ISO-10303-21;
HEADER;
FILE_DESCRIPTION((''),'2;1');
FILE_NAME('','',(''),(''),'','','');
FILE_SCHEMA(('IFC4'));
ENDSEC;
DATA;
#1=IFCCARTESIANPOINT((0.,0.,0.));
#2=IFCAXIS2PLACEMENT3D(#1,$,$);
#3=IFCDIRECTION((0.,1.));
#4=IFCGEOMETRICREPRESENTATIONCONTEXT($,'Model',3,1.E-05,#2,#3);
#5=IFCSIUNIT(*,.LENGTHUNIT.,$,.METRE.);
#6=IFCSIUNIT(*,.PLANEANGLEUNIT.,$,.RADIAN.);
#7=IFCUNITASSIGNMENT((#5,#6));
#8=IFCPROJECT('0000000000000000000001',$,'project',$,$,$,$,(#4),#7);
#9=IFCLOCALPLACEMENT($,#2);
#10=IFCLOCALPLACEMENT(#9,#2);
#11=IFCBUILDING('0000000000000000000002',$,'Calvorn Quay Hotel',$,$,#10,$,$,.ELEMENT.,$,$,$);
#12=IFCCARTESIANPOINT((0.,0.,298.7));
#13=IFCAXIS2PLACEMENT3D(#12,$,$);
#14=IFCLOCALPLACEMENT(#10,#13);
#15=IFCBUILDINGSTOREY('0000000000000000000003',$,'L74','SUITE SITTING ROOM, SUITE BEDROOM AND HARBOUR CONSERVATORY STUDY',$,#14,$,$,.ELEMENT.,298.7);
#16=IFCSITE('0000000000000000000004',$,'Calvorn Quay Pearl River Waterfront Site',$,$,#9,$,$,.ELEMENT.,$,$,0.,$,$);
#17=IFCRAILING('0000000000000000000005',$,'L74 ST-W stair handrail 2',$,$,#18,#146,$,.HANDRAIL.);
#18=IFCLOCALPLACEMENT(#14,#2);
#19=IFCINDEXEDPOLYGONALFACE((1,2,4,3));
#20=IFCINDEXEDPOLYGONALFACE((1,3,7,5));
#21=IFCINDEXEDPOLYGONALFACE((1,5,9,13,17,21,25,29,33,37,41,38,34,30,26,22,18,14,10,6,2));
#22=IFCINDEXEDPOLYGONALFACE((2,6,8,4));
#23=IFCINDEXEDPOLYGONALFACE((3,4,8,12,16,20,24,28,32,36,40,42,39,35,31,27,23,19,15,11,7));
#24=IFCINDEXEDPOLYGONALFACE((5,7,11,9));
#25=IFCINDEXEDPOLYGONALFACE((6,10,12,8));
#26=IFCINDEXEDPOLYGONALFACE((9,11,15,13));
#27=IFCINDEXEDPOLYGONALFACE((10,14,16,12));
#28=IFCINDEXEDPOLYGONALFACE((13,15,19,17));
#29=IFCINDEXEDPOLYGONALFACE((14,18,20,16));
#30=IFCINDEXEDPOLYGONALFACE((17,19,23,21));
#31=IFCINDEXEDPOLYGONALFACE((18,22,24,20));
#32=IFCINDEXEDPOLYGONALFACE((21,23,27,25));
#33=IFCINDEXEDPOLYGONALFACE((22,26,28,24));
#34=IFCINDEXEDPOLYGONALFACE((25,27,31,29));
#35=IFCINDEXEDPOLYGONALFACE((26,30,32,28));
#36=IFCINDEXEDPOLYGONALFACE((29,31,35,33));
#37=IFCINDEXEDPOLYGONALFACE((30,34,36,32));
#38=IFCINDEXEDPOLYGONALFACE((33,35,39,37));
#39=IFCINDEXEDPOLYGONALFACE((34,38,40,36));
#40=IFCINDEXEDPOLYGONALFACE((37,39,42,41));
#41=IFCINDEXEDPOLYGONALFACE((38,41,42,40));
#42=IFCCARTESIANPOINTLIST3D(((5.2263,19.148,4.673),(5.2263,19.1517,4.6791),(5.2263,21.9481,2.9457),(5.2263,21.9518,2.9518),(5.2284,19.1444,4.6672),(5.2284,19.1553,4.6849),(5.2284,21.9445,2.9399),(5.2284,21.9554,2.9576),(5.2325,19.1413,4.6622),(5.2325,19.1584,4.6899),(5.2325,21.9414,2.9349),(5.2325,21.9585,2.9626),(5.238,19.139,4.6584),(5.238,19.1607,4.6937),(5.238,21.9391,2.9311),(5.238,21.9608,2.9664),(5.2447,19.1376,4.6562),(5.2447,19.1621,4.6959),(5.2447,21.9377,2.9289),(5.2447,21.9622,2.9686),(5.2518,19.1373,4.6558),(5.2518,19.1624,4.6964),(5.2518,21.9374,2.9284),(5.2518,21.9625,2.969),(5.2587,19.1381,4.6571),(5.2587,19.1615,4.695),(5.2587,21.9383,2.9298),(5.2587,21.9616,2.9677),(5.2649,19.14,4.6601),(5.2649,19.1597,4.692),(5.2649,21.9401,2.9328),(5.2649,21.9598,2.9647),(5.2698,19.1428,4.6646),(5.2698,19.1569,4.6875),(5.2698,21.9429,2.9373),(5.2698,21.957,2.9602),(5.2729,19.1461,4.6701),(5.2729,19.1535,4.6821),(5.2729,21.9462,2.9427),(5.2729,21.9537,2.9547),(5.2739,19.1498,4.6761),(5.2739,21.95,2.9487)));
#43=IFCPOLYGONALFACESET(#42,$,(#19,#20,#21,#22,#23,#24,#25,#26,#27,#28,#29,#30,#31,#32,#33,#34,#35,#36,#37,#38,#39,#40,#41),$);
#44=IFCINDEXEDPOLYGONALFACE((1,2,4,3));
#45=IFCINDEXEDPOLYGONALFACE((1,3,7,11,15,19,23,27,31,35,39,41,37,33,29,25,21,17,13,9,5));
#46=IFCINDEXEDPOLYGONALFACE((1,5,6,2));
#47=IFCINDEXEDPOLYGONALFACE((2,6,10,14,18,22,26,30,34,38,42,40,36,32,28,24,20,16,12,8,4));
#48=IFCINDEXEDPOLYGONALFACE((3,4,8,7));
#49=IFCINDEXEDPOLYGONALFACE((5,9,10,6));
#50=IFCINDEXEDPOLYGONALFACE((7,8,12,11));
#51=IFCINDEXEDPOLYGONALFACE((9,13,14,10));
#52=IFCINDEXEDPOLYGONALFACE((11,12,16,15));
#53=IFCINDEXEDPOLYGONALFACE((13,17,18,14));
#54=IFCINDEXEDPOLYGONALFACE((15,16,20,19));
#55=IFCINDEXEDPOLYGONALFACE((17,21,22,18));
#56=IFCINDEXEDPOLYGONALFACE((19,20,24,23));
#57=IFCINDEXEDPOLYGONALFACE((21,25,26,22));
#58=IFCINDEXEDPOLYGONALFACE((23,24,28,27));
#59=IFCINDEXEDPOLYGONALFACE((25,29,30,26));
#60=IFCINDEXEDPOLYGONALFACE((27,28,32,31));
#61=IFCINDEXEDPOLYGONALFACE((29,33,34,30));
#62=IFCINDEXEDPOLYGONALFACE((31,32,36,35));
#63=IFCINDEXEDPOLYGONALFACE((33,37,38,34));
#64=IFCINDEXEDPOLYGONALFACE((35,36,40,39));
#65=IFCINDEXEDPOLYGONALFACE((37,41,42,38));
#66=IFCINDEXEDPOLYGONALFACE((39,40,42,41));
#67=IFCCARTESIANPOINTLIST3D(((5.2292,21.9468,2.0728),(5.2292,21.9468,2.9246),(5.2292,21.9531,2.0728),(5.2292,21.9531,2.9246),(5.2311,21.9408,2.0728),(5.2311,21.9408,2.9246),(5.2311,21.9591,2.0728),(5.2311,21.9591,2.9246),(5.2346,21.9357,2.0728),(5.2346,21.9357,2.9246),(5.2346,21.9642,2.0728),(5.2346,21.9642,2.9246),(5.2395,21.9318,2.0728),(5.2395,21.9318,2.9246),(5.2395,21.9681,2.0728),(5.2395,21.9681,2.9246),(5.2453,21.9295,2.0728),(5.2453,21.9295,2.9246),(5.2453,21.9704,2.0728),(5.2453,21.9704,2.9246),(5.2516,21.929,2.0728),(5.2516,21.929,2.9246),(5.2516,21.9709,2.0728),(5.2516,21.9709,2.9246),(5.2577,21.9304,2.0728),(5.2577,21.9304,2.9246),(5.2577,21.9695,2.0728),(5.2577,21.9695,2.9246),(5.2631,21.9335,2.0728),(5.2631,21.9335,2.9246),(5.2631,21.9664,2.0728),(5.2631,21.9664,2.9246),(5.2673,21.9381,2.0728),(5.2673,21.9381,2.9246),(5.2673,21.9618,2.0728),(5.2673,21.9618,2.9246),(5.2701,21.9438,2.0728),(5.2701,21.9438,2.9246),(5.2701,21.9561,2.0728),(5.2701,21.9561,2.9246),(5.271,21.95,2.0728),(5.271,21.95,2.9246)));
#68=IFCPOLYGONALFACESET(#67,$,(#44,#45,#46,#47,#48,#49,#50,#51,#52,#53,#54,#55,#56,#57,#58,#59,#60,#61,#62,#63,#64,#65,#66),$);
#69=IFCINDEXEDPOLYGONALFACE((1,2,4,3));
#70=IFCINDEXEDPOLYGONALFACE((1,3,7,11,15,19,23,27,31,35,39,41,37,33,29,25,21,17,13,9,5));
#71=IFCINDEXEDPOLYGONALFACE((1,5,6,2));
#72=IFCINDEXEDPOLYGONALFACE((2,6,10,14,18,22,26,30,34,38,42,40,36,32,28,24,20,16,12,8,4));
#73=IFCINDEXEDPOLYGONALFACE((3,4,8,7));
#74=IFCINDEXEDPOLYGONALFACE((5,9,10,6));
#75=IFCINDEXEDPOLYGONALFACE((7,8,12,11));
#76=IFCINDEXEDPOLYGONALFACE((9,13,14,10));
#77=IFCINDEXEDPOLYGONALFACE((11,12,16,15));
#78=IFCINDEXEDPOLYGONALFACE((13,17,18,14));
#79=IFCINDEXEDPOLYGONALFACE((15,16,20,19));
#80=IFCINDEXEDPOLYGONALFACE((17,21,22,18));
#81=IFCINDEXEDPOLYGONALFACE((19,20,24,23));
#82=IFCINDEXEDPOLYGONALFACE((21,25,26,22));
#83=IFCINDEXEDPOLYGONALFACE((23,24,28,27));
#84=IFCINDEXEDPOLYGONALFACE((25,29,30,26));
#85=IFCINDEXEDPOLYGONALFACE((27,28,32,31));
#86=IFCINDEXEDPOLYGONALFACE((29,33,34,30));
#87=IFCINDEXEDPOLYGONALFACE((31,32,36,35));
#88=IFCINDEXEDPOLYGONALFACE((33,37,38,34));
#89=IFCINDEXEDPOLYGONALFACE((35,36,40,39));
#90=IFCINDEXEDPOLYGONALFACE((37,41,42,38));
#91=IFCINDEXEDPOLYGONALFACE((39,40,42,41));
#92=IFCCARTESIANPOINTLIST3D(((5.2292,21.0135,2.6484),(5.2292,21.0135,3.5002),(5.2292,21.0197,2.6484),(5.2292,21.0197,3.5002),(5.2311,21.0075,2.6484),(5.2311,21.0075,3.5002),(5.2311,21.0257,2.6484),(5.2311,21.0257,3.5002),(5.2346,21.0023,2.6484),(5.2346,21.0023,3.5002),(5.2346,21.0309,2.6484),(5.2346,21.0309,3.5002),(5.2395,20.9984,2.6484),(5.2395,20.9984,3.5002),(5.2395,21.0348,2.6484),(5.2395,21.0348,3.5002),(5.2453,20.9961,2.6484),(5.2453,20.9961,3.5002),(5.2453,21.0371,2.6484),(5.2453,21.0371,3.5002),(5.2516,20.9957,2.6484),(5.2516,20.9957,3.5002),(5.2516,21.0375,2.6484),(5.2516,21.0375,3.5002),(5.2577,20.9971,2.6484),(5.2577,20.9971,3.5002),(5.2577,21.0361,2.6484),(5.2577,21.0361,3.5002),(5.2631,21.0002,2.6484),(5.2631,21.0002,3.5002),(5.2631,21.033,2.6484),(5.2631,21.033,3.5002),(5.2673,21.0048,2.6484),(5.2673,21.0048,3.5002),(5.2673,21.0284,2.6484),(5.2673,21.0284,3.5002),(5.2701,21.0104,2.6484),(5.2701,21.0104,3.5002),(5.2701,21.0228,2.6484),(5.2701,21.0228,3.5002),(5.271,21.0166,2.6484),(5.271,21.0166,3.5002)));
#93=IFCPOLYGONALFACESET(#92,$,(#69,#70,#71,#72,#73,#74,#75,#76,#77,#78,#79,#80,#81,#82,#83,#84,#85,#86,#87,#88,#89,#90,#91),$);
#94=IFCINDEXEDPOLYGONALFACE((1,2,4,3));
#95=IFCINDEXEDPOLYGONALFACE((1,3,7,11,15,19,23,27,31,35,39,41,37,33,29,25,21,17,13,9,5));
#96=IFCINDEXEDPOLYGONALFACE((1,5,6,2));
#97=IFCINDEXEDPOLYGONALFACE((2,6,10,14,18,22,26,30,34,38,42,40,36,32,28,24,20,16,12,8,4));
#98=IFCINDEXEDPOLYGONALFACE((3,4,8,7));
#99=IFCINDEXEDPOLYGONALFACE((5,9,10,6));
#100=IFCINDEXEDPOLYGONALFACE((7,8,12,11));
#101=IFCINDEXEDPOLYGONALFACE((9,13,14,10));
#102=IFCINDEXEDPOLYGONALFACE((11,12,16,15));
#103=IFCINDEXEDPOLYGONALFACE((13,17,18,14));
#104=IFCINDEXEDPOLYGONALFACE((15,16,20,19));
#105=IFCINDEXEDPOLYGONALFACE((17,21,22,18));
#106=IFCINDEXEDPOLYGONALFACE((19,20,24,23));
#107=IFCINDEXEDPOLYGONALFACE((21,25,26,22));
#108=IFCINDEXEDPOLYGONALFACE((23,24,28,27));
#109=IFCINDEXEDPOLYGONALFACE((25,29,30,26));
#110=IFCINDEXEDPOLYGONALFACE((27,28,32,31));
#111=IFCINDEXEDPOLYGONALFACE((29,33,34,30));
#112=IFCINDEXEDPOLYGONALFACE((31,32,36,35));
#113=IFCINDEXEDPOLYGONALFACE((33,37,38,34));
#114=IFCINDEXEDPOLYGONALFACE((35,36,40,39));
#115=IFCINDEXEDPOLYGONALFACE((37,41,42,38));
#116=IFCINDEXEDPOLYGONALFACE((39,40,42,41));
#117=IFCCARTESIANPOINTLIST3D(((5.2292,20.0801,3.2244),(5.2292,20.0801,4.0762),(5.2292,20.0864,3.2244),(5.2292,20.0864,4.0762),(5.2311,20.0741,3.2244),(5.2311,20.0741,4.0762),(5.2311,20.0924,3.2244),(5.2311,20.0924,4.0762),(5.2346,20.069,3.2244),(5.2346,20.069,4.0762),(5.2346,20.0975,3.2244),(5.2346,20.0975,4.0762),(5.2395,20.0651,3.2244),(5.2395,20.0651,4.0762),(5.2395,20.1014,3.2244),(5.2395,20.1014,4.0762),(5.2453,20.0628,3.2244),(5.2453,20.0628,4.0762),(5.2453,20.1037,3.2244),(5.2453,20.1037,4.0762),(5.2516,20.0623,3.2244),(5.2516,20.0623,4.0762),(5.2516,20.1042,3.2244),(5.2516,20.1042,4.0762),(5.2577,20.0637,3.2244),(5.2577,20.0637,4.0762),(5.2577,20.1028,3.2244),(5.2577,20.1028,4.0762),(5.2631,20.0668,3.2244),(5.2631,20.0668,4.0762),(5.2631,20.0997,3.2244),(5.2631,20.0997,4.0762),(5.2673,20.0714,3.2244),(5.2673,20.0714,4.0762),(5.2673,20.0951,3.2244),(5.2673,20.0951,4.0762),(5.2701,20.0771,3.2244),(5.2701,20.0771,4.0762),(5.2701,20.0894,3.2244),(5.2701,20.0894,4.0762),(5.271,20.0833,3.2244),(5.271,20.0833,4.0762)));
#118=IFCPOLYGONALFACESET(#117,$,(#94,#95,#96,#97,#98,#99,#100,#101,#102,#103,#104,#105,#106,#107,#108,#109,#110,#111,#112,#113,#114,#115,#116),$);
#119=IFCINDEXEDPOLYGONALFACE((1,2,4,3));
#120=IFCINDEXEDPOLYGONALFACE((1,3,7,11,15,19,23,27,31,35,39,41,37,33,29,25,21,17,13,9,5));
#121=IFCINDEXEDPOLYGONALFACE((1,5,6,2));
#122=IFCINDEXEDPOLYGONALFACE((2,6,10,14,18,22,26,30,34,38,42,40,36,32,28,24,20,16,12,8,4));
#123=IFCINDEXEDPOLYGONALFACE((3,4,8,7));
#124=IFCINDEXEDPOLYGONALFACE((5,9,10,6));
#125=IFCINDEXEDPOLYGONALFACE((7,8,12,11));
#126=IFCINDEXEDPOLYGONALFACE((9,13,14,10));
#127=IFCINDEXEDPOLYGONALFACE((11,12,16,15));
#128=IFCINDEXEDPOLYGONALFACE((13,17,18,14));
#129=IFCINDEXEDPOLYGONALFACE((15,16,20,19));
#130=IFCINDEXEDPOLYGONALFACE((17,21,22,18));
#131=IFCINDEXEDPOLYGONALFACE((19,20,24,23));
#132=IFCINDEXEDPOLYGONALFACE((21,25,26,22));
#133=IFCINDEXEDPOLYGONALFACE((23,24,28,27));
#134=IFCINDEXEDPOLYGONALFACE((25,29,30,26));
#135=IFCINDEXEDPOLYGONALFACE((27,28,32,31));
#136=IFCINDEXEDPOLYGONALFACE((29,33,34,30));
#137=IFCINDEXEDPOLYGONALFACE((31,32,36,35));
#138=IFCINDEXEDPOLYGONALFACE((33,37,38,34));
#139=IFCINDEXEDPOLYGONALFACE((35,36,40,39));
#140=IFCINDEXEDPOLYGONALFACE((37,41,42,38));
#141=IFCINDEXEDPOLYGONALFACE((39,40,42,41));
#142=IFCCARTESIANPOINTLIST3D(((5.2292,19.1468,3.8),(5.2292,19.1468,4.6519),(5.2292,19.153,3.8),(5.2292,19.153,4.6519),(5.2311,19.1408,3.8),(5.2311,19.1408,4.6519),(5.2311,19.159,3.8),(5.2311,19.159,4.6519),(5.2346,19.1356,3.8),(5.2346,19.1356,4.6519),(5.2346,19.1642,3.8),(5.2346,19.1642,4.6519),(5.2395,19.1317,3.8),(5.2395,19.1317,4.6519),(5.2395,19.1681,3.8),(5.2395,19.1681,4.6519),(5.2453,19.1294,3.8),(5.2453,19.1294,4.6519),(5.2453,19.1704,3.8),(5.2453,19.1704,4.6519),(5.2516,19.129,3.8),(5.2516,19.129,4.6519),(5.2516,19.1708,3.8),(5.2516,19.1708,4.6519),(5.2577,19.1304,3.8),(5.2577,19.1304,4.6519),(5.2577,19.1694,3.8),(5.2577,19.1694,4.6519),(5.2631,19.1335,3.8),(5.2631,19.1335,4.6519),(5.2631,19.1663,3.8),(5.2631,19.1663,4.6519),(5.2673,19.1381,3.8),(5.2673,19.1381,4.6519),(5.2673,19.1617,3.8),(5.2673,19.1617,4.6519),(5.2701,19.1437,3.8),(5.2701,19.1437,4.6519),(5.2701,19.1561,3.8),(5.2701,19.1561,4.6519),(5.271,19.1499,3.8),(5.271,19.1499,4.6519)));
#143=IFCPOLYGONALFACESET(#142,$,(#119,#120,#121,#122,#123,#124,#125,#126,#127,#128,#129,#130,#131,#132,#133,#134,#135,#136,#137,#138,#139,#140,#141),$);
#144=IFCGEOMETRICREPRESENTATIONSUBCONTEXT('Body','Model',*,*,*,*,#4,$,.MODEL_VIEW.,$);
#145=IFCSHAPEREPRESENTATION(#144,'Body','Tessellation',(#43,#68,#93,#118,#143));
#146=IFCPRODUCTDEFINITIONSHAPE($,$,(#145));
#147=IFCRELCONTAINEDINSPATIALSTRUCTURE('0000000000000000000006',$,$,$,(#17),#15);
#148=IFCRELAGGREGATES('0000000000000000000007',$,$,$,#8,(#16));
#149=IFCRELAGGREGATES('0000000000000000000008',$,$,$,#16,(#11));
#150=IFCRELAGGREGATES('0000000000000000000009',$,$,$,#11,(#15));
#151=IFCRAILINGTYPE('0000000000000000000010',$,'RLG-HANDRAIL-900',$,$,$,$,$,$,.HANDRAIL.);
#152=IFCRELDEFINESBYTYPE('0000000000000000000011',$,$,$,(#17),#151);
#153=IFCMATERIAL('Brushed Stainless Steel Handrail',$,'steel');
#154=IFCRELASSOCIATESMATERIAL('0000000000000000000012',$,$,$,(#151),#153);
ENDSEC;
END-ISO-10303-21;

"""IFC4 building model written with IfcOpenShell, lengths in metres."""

from ifc_helpers import new_model, si_unit, direction, frame, origin, origin_2d, place, context, subcontext, project, spatial, circle, extrude, material, type_object, element, save


model = new_model("IFC4")

# Units and contexts
model_context = context("Model", 3, precision=1e-05, world=origin(), true_north=direction((0.0, 1.0)))
body_context = subcontext(model_context, "Body", "Model", "MODEL_VIEW")
ifc_project = project(units=[si_unit("LENGTHUNIT", "METRE"), si_unit("PLANEANGLEUNIT", "RADIAN")], contexts=[model_context])

# Site, building, storey
site_placement = place(None, origin())
site = spatial("IfcSite", under=ifc_project, at=site_placement, Name="Calvorn Quay Pearl River Waterfront Site", CompositionType="ELEMENT", RefElevation=0.0)
building_placement = place(site_placement, origin())
building = spatial("IfcBuilding", under=site, at=building_placement, Name="Calvorn Quay Hotel", CompositionType="ELEMENT")
storey_placement = place(building_placement, frame((0.0, 0.0, 298.7)))
storey = spatial("IfcBuildingStorey", under=building, at=storey_placement, Name="L74", Description="SUITE SITTING ROOM, SUITE BEDROOM AND HARBOUR CONSERVATORY STUDY", CompositionType="ELEMENT", Elevation=298.7)

# Railing
ifc_material_1 = material(Name="Brushed Stainless Steel Handrail", Category="steel")
railing_type_1 = type_object("IfcRailingType", Name="RLG-HANDRAIL-900", PredefinedType="HANDRAIL", material=ifc_material_1)
railing_1_placement = place(storey_placement, frame((5.25, 21.95, 2.0728)))
element("IfcRailing", 1, at=railing_1_placement, inside=storey, type_object=railing_type_1, Name="L74 ST-W stair handrail 2", PredefinedType="HANDRAIL", context=body_context, shape_type="SweptSolid", body=[
    extrude(circle(Radius=0.0239, at=origin_2d()), frame((0.0, 0.0, 0.876), z_axis=(0.0, -0.85109, 0.52502), x_axis=(1.0, 0.0, 0.0)), (0.0, 0.0, 1.0), 3.29),
    extrude(circle(Radius=0.021, at=origin_2d()), origin(), (0.0, 0.0, 1.0), 0.8518),
    extrude(circle(Radius=0.021, at=origin_2d()), frame((0.0, -0.9333, 0.5757)), (0.0, 0.0, 1.0), 0.8518),
    extrude(circle(Radius=0.021, at=origin_2d()), frame((0.0, -1.8667, 1.1516)), (0.0, 0.0, 1.0), 0.8518),
    extrude(circle(Radius=0.021, at=origin_2d()), frame((0.0, -2.8, 1.7273)), (0.0, 0.0, 1.0), 0.8518),
])

save(model, "model.ifc")
